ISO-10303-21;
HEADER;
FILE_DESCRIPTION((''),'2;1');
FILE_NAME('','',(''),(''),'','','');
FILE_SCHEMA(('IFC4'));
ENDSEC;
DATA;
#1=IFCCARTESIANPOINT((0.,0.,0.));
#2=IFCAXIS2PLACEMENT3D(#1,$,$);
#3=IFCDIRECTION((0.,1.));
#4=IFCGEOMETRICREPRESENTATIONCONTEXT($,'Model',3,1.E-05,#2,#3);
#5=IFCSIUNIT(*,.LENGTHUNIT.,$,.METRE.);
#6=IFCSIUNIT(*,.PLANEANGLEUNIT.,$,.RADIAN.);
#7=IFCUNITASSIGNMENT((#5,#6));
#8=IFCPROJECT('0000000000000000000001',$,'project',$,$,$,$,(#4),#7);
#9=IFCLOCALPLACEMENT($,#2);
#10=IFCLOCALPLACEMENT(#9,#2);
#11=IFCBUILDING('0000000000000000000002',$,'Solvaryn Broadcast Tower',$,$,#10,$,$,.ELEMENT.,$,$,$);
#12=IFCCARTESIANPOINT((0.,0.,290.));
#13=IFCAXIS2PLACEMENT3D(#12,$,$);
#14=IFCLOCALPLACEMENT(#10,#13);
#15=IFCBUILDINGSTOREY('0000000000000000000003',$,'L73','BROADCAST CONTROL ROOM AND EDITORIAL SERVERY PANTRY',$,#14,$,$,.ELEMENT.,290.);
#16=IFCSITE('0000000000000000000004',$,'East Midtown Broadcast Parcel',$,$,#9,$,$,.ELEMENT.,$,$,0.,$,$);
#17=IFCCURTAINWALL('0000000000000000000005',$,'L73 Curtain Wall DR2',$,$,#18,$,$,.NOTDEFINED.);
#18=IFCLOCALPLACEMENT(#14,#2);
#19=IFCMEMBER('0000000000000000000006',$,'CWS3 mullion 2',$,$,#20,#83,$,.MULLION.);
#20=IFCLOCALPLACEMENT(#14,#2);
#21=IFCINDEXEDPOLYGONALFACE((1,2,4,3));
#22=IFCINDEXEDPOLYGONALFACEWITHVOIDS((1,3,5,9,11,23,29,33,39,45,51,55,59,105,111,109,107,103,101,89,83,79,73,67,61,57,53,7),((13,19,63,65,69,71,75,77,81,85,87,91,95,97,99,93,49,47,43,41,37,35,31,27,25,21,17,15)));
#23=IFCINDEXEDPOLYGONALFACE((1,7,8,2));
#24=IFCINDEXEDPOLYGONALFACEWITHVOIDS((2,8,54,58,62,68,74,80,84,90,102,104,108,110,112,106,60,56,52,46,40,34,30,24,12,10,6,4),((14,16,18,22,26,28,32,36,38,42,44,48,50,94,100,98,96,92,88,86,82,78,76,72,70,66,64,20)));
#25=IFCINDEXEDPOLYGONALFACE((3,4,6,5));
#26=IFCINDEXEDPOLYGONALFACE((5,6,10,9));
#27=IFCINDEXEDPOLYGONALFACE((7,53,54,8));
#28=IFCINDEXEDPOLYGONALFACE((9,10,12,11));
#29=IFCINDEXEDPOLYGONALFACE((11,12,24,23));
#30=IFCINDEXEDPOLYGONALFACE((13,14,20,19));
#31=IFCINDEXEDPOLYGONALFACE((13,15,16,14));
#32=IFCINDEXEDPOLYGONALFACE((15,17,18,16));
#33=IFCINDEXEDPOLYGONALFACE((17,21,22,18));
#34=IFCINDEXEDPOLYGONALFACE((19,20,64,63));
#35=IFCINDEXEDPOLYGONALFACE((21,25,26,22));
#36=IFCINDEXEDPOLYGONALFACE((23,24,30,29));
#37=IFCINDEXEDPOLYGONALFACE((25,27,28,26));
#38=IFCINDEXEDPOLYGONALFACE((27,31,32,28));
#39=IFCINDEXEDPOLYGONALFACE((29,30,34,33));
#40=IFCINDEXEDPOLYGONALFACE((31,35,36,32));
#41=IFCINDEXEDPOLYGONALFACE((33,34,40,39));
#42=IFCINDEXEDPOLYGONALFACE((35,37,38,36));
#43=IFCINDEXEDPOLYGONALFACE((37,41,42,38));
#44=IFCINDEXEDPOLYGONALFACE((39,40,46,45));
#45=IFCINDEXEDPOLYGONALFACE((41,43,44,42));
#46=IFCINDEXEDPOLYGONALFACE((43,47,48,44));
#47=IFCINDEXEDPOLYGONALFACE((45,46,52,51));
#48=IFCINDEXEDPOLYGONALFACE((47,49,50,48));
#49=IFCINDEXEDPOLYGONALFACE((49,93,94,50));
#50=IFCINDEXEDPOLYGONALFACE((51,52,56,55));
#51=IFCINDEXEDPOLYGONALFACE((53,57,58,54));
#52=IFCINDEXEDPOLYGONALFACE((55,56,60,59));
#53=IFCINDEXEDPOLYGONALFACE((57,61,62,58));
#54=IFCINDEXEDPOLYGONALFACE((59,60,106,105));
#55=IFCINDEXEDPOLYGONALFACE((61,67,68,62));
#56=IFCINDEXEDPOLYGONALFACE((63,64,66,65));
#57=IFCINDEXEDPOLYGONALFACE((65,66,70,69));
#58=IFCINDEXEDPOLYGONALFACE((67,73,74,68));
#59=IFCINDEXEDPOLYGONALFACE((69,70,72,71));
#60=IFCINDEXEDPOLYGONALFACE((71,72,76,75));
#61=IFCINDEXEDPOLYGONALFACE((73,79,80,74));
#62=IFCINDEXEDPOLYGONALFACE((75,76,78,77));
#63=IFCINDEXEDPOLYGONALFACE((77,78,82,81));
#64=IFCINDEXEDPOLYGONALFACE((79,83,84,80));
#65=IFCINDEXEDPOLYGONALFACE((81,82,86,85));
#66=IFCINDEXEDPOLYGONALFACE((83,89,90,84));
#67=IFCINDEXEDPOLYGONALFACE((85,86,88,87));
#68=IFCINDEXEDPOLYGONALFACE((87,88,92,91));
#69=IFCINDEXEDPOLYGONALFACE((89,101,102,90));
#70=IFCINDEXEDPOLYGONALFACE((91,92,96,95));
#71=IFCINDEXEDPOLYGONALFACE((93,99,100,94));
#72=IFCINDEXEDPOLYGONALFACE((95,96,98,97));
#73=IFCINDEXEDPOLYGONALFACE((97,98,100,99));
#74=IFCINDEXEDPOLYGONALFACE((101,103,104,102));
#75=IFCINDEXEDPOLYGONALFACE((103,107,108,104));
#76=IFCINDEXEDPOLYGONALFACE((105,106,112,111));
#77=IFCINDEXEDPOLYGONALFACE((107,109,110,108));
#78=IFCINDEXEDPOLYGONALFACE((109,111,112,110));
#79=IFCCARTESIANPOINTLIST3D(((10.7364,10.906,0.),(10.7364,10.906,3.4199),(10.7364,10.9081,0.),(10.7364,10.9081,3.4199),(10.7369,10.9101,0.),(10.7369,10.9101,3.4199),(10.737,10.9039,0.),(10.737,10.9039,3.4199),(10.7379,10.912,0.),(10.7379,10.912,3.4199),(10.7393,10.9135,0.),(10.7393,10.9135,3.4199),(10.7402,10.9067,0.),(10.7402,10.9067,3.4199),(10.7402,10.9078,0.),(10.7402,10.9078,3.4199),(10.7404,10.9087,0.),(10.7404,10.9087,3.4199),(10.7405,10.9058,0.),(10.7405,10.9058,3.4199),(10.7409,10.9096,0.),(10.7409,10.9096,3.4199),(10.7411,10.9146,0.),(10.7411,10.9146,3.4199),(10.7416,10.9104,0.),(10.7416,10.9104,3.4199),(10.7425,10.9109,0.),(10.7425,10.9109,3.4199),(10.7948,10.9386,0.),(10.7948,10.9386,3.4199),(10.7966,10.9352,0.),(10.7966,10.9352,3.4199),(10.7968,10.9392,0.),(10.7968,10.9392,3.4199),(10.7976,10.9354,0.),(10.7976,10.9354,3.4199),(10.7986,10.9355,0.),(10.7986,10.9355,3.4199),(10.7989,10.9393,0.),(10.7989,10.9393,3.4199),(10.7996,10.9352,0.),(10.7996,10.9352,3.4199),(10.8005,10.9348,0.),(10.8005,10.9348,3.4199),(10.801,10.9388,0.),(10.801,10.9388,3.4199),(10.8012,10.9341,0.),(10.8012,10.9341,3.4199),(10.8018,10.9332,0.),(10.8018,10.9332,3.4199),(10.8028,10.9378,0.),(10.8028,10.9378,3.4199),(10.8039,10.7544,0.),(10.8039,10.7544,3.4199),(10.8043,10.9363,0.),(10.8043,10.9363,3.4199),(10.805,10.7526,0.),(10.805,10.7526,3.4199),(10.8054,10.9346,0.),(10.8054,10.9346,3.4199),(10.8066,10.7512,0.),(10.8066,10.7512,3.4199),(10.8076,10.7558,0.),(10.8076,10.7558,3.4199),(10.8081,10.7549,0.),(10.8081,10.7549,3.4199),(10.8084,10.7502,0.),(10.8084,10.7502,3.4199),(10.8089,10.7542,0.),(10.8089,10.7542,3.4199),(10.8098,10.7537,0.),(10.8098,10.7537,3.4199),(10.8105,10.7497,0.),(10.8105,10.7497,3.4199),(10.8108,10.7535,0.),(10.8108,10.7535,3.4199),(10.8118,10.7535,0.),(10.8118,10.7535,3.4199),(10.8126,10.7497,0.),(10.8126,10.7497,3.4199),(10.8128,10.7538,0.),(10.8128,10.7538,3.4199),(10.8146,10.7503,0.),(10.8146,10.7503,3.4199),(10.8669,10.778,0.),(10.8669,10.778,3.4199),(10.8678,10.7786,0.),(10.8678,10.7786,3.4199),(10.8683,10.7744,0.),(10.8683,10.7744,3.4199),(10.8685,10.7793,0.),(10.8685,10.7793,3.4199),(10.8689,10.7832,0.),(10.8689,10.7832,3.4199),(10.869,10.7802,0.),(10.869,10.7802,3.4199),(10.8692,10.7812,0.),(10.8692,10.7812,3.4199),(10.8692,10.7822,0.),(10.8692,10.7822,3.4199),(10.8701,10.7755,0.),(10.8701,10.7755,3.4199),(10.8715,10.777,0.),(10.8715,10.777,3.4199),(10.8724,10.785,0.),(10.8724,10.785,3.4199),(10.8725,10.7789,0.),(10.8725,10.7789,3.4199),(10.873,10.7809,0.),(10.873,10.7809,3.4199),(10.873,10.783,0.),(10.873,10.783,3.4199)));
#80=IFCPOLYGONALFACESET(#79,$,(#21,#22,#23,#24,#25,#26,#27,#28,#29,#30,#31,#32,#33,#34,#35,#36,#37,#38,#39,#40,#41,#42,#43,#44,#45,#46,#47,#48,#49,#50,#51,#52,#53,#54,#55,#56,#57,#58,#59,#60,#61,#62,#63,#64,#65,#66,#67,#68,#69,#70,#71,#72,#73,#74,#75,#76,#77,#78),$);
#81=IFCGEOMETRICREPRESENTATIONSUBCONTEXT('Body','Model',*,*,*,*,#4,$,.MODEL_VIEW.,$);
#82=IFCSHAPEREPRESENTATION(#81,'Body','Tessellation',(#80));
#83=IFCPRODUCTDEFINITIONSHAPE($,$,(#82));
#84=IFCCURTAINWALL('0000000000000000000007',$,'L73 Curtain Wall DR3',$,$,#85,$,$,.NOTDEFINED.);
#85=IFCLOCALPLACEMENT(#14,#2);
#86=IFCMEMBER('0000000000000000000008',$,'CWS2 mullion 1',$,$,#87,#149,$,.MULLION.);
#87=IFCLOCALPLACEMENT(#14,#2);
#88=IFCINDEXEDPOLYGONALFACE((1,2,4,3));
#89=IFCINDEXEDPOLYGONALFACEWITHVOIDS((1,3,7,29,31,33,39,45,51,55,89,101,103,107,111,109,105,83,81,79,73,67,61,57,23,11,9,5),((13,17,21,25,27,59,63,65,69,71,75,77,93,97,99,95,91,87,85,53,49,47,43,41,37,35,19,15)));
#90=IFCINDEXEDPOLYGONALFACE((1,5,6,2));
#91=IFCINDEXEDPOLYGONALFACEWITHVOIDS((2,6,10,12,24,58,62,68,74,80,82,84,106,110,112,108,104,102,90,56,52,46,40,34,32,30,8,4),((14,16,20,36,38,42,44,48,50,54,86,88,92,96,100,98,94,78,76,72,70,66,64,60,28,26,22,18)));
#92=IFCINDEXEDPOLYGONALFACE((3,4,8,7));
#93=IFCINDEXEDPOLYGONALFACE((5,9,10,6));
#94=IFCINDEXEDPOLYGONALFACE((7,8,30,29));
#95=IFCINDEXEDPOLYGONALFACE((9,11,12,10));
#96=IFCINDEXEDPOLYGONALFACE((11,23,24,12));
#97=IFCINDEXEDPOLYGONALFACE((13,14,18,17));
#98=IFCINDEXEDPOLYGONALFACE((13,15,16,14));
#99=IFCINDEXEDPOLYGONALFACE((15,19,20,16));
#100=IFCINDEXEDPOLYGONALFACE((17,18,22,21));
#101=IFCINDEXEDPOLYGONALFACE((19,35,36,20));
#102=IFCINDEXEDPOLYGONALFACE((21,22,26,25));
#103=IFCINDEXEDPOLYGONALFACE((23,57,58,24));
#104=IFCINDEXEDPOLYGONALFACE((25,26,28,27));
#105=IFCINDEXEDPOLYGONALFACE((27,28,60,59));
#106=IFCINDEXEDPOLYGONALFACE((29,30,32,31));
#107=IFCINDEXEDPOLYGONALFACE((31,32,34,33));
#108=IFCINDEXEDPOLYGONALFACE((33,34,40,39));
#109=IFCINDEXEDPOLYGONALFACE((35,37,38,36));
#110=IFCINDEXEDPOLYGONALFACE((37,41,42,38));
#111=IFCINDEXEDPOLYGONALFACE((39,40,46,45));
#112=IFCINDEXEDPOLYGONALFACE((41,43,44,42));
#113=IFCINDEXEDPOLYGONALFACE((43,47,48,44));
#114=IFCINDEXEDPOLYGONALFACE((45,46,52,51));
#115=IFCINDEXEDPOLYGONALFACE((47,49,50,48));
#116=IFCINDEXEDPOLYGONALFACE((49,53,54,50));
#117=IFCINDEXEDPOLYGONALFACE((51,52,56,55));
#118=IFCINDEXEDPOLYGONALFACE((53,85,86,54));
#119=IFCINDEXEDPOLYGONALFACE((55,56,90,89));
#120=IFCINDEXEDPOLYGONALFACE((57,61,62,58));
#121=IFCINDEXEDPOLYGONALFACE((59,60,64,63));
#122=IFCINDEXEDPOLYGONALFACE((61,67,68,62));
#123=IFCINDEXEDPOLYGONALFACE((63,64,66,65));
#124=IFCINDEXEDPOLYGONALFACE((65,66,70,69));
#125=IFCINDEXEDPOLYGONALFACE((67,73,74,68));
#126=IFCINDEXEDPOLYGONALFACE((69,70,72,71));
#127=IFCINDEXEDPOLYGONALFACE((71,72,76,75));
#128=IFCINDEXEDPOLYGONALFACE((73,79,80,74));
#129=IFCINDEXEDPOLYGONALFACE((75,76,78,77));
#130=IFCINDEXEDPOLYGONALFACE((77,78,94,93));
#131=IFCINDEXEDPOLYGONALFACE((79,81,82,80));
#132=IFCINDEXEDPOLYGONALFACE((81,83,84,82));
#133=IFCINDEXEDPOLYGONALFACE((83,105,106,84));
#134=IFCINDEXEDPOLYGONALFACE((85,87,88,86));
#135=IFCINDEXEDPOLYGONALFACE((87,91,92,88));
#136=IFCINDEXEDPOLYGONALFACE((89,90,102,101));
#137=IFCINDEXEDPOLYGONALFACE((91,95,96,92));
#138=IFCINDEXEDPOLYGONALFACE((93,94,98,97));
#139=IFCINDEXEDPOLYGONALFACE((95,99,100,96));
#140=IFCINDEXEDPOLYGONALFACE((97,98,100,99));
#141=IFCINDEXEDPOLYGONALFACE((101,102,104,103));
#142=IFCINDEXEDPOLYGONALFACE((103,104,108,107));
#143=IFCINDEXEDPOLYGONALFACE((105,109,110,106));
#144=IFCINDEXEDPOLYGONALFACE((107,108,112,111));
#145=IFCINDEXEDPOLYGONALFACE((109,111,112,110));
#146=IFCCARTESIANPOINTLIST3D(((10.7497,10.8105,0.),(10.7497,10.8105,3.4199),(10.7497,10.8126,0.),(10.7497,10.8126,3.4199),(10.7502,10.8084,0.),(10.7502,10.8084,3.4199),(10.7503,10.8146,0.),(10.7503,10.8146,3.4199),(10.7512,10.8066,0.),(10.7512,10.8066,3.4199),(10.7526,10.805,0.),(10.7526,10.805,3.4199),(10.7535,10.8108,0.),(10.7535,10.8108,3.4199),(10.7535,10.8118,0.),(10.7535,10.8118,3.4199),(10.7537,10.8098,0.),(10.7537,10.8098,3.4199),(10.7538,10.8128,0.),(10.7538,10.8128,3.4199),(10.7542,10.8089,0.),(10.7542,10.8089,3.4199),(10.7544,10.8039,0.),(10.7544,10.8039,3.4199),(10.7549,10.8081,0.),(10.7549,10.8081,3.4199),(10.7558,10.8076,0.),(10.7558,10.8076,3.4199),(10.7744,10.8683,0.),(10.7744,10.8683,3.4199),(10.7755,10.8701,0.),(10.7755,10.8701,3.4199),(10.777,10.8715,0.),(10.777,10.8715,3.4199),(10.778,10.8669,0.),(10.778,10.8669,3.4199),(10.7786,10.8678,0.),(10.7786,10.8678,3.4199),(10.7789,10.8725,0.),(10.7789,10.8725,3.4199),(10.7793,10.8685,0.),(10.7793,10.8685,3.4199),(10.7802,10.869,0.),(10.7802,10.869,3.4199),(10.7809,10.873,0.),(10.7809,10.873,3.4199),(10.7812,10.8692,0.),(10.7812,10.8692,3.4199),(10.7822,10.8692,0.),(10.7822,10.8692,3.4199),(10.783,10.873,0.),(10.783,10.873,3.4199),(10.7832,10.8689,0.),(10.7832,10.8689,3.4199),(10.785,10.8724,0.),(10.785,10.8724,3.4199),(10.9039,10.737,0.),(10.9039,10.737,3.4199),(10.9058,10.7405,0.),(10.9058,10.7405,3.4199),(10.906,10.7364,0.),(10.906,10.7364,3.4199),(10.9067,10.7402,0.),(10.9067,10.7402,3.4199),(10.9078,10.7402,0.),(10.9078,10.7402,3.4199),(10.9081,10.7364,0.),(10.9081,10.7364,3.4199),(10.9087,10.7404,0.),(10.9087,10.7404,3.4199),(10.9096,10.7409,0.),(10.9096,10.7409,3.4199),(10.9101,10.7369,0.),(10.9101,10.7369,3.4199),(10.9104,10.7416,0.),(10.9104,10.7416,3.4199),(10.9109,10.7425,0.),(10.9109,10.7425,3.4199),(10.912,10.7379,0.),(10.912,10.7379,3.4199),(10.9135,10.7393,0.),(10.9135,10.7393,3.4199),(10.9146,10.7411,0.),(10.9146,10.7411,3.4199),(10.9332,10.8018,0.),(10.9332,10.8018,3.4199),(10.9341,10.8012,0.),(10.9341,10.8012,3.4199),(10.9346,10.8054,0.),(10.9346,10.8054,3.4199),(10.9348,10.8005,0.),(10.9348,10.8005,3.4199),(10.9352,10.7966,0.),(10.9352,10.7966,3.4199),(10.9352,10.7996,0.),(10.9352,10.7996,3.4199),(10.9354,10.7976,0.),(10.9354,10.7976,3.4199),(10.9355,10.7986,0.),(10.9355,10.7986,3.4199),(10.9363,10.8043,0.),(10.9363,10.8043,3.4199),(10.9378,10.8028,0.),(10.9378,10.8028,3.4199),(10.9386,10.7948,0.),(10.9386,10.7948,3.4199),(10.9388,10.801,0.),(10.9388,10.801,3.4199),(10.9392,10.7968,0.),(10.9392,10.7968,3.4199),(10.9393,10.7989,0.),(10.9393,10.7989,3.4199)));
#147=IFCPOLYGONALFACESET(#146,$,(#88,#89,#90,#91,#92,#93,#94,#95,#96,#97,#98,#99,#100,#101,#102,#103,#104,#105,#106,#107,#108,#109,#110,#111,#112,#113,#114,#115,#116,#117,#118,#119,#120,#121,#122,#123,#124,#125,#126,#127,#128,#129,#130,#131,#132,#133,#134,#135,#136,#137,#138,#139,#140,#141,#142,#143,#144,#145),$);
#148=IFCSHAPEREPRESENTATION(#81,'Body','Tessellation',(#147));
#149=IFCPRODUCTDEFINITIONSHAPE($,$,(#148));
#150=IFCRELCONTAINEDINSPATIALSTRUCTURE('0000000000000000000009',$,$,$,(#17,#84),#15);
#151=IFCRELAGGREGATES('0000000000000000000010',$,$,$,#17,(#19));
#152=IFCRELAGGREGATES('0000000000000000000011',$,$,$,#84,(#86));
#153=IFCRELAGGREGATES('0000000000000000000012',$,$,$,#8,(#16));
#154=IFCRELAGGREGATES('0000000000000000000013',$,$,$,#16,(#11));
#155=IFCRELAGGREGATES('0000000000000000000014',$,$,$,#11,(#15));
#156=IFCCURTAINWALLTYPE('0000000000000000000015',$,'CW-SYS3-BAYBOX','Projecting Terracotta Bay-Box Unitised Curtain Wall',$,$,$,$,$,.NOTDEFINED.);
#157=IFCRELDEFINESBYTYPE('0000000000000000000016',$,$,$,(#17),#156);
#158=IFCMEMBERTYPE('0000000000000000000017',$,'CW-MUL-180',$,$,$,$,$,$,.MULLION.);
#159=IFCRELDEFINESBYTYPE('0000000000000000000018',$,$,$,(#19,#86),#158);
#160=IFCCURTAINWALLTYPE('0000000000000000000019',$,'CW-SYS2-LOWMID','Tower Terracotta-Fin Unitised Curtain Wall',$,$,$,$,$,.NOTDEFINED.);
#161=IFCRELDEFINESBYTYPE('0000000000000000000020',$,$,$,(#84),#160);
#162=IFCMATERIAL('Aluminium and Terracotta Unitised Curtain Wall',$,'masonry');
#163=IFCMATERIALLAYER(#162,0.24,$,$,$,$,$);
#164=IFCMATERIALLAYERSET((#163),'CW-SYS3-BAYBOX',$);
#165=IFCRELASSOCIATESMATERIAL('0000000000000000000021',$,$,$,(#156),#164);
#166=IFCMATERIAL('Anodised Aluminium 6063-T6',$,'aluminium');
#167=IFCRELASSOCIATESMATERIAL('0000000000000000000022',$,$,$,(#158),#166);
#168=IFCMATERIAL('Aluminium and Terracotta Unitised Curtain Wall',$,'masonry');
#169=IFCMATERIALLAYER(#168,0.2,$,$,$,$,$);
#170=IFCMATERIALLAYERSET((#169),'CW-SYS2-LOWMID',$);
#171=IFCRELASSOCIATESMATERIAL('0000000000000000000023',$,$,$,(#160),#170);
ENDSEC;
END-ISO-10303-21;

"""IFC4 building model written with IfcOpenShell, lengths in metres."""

from ifc_helpers import new_model, si_unit, direction, frame, origin, origin_2d, place, context, subcontext, project, spatial, hollow_rectangle, extrude, material, layer, layer_set, material_profile, profile_set, type_object, element, aggregate, save


model = new_model("IFC4")

# Units and contexts
model_context = context("Model", 3, precision=1e-05, world=origin(), true_north=direction((0.0, 1.0)))
body_context = subcontext(model_context, "Body", "Model", "MODEL_VIEW")
ifc_project = project(units=[si_unit("LENGTHUNIT", "METRE"), si_unit("PLANEANGLEUNIT", "RADIAN")], contexts=[model_context])

# Site, building, storey
site_placement = place(None, origin())
site = spatial("IfcSite", under=ifc_project, at=site_placement, Name="East Midtown Broadcast Parcel", CompositionType="ELEMENT", RefElevation=0.0)
building_placement = place(site_placement, origin())
building = spatial("IfcBuilding", under=site, at=building_placement, Name="Solvaryn Broadcast Tower", CompositionType="ELEMENT")
storey_placement = place(building_placement, frame((0.0, 0.0, 290.0)))
storey = spatial("IfcBuildingStorey", under=building, at=storey_placement, Name="L73", Description="BROADCAST CONTROL ROOM AND EDITORIAL SERVERY PANTRY", CompositionType="ELEMENT", Elevation=290.0)

# Curtain wall, member
ifc_material_1 = material(Name="Aluminium and Terracotta Unitised Curtain Wall", Category="masonry")
ifc_layer_1 = layer(ifc_material_1, 0.24)
ifc_layer_set_1 = layer_set([ifc_layer_1], Name="CW-SYS3-BAYBOX")
curtain_wall_type_1 = type_object("IfcCurtainWallType", Name="CW-SYS3-BAYBOX", Description="Projecting Terracotta Bay-Box Unitised Curtain Wall", PredefinedType="NOTDEFINED", material=ifc_layer_set_1)
curtain_wall_1_placement = place(storey_placement, origin())
curtain_wall_1 = element("IfcCurtainWall", 1, at=curtain_wall_1_placement, inside=storey, type_object=curtain_wall_type_1, Name="L73 Curtain Wall DR2", PredefinedType="NOTDEFINED")
ifc_material_2 = material(Name="Anodised Aluminium 6063-T6", Category="aluminium")
ifc_material_profile_1 = material_profile(ifc_material_2, hollow_rectangle(XDim=0.075, YDim=0.1799, WallThickness=0.0039, InnerFilletRadius=0.0039, OuterFilletRadius=0.0081, at=origin_2d()))
ifc_profile_set_1 = profile_set([ifc_material_profile_1], Name="Anodised Aluminium 6063-T6")
member_type_1 = type_object("IfcMemberType", Name="CW-MUL-180", PredefinedType="MULLION", material=ifc_profile_set_1)
member_1_placement = place(storey_placement, frame((10.8047, 10.8445, 0.0), z_axis=(0.0, 0.0, 1.0), x_axis=(0.912774, 0.408466, 0.0)))
member_1 = element("IfcMember", 2, at=member_1_placement, type_object=member_type_1, Name="CWS3 mullion 2", PredefinedType="MULLION", context=body_context, shape_type="SweptSolid", body=[
    extrude(hollow_rectangle(XDim=0.075, YDim=0.1799, WallThickness=0.0039, InnerFilletRadius=0.0039, OuterFilletRadius=0.0081, at=origin_2d()), origin(), (0.0, 0.0, 1.0), 3.4199),
])
aggregate(curtain_wall_1, [member_1])

# Curtain wall, member
ifc_material_3 = material(Name="Aluminium and Terracotta Unitised Curtain Wall", Category="masonry")
ifc_layer_2 = layer(ifc_material_3, 0.2)
ifc_layer_set_2 = layer_set([ifc_layer_2], Name="CW-SYS2-LOWMID")
curtain_wall_type_2 = type_object("IfcCurtainWallType", Name="CW-SYS2-LOWMID", Description="Tower Terracotta-Fin Unitised Curtain Wall", PredefinedType="NOTDEFINED", material=ifc_layer_set_2)
curtain_wall_2_placement = place(storey_placement, origin())
curtain_wall_2 = element("IfcCurtainWall", 3, at=curtain_wall_2_placement, inside=storey, type_object=curtain_wall_type_2, Name="L73 Curtain Wall DR3", PredefinedType="NOTDEFINED")
member_2_placement = place(storey_placement, frame((10.8445, 10.8047, 0.0), z_axis=(0.0, 0.0, 1.0), x_axis=(0.408466, 0.912774, 0.0)))
member_2 = element("IfcMember", 4, at=member_2_placement, type_object=member_type_1, Name="CWS2 mullion 1", PredefinedType="MULLION", context=body_context, shape_type="SweptSolid", body=[
    extrude(hollow_rectangle(XDim=0.075, YDim=0.1799, WallThickness=0.0039, InnerFilletRadius=0.0039, OuterFilletRadius=0.0081, at=origin_2d()), origin(), (0.0, 0.0, 1.0), 3.4199),
])
aggregate(curtain_wall_2, [member_2])

save(model, "model.ifc")
